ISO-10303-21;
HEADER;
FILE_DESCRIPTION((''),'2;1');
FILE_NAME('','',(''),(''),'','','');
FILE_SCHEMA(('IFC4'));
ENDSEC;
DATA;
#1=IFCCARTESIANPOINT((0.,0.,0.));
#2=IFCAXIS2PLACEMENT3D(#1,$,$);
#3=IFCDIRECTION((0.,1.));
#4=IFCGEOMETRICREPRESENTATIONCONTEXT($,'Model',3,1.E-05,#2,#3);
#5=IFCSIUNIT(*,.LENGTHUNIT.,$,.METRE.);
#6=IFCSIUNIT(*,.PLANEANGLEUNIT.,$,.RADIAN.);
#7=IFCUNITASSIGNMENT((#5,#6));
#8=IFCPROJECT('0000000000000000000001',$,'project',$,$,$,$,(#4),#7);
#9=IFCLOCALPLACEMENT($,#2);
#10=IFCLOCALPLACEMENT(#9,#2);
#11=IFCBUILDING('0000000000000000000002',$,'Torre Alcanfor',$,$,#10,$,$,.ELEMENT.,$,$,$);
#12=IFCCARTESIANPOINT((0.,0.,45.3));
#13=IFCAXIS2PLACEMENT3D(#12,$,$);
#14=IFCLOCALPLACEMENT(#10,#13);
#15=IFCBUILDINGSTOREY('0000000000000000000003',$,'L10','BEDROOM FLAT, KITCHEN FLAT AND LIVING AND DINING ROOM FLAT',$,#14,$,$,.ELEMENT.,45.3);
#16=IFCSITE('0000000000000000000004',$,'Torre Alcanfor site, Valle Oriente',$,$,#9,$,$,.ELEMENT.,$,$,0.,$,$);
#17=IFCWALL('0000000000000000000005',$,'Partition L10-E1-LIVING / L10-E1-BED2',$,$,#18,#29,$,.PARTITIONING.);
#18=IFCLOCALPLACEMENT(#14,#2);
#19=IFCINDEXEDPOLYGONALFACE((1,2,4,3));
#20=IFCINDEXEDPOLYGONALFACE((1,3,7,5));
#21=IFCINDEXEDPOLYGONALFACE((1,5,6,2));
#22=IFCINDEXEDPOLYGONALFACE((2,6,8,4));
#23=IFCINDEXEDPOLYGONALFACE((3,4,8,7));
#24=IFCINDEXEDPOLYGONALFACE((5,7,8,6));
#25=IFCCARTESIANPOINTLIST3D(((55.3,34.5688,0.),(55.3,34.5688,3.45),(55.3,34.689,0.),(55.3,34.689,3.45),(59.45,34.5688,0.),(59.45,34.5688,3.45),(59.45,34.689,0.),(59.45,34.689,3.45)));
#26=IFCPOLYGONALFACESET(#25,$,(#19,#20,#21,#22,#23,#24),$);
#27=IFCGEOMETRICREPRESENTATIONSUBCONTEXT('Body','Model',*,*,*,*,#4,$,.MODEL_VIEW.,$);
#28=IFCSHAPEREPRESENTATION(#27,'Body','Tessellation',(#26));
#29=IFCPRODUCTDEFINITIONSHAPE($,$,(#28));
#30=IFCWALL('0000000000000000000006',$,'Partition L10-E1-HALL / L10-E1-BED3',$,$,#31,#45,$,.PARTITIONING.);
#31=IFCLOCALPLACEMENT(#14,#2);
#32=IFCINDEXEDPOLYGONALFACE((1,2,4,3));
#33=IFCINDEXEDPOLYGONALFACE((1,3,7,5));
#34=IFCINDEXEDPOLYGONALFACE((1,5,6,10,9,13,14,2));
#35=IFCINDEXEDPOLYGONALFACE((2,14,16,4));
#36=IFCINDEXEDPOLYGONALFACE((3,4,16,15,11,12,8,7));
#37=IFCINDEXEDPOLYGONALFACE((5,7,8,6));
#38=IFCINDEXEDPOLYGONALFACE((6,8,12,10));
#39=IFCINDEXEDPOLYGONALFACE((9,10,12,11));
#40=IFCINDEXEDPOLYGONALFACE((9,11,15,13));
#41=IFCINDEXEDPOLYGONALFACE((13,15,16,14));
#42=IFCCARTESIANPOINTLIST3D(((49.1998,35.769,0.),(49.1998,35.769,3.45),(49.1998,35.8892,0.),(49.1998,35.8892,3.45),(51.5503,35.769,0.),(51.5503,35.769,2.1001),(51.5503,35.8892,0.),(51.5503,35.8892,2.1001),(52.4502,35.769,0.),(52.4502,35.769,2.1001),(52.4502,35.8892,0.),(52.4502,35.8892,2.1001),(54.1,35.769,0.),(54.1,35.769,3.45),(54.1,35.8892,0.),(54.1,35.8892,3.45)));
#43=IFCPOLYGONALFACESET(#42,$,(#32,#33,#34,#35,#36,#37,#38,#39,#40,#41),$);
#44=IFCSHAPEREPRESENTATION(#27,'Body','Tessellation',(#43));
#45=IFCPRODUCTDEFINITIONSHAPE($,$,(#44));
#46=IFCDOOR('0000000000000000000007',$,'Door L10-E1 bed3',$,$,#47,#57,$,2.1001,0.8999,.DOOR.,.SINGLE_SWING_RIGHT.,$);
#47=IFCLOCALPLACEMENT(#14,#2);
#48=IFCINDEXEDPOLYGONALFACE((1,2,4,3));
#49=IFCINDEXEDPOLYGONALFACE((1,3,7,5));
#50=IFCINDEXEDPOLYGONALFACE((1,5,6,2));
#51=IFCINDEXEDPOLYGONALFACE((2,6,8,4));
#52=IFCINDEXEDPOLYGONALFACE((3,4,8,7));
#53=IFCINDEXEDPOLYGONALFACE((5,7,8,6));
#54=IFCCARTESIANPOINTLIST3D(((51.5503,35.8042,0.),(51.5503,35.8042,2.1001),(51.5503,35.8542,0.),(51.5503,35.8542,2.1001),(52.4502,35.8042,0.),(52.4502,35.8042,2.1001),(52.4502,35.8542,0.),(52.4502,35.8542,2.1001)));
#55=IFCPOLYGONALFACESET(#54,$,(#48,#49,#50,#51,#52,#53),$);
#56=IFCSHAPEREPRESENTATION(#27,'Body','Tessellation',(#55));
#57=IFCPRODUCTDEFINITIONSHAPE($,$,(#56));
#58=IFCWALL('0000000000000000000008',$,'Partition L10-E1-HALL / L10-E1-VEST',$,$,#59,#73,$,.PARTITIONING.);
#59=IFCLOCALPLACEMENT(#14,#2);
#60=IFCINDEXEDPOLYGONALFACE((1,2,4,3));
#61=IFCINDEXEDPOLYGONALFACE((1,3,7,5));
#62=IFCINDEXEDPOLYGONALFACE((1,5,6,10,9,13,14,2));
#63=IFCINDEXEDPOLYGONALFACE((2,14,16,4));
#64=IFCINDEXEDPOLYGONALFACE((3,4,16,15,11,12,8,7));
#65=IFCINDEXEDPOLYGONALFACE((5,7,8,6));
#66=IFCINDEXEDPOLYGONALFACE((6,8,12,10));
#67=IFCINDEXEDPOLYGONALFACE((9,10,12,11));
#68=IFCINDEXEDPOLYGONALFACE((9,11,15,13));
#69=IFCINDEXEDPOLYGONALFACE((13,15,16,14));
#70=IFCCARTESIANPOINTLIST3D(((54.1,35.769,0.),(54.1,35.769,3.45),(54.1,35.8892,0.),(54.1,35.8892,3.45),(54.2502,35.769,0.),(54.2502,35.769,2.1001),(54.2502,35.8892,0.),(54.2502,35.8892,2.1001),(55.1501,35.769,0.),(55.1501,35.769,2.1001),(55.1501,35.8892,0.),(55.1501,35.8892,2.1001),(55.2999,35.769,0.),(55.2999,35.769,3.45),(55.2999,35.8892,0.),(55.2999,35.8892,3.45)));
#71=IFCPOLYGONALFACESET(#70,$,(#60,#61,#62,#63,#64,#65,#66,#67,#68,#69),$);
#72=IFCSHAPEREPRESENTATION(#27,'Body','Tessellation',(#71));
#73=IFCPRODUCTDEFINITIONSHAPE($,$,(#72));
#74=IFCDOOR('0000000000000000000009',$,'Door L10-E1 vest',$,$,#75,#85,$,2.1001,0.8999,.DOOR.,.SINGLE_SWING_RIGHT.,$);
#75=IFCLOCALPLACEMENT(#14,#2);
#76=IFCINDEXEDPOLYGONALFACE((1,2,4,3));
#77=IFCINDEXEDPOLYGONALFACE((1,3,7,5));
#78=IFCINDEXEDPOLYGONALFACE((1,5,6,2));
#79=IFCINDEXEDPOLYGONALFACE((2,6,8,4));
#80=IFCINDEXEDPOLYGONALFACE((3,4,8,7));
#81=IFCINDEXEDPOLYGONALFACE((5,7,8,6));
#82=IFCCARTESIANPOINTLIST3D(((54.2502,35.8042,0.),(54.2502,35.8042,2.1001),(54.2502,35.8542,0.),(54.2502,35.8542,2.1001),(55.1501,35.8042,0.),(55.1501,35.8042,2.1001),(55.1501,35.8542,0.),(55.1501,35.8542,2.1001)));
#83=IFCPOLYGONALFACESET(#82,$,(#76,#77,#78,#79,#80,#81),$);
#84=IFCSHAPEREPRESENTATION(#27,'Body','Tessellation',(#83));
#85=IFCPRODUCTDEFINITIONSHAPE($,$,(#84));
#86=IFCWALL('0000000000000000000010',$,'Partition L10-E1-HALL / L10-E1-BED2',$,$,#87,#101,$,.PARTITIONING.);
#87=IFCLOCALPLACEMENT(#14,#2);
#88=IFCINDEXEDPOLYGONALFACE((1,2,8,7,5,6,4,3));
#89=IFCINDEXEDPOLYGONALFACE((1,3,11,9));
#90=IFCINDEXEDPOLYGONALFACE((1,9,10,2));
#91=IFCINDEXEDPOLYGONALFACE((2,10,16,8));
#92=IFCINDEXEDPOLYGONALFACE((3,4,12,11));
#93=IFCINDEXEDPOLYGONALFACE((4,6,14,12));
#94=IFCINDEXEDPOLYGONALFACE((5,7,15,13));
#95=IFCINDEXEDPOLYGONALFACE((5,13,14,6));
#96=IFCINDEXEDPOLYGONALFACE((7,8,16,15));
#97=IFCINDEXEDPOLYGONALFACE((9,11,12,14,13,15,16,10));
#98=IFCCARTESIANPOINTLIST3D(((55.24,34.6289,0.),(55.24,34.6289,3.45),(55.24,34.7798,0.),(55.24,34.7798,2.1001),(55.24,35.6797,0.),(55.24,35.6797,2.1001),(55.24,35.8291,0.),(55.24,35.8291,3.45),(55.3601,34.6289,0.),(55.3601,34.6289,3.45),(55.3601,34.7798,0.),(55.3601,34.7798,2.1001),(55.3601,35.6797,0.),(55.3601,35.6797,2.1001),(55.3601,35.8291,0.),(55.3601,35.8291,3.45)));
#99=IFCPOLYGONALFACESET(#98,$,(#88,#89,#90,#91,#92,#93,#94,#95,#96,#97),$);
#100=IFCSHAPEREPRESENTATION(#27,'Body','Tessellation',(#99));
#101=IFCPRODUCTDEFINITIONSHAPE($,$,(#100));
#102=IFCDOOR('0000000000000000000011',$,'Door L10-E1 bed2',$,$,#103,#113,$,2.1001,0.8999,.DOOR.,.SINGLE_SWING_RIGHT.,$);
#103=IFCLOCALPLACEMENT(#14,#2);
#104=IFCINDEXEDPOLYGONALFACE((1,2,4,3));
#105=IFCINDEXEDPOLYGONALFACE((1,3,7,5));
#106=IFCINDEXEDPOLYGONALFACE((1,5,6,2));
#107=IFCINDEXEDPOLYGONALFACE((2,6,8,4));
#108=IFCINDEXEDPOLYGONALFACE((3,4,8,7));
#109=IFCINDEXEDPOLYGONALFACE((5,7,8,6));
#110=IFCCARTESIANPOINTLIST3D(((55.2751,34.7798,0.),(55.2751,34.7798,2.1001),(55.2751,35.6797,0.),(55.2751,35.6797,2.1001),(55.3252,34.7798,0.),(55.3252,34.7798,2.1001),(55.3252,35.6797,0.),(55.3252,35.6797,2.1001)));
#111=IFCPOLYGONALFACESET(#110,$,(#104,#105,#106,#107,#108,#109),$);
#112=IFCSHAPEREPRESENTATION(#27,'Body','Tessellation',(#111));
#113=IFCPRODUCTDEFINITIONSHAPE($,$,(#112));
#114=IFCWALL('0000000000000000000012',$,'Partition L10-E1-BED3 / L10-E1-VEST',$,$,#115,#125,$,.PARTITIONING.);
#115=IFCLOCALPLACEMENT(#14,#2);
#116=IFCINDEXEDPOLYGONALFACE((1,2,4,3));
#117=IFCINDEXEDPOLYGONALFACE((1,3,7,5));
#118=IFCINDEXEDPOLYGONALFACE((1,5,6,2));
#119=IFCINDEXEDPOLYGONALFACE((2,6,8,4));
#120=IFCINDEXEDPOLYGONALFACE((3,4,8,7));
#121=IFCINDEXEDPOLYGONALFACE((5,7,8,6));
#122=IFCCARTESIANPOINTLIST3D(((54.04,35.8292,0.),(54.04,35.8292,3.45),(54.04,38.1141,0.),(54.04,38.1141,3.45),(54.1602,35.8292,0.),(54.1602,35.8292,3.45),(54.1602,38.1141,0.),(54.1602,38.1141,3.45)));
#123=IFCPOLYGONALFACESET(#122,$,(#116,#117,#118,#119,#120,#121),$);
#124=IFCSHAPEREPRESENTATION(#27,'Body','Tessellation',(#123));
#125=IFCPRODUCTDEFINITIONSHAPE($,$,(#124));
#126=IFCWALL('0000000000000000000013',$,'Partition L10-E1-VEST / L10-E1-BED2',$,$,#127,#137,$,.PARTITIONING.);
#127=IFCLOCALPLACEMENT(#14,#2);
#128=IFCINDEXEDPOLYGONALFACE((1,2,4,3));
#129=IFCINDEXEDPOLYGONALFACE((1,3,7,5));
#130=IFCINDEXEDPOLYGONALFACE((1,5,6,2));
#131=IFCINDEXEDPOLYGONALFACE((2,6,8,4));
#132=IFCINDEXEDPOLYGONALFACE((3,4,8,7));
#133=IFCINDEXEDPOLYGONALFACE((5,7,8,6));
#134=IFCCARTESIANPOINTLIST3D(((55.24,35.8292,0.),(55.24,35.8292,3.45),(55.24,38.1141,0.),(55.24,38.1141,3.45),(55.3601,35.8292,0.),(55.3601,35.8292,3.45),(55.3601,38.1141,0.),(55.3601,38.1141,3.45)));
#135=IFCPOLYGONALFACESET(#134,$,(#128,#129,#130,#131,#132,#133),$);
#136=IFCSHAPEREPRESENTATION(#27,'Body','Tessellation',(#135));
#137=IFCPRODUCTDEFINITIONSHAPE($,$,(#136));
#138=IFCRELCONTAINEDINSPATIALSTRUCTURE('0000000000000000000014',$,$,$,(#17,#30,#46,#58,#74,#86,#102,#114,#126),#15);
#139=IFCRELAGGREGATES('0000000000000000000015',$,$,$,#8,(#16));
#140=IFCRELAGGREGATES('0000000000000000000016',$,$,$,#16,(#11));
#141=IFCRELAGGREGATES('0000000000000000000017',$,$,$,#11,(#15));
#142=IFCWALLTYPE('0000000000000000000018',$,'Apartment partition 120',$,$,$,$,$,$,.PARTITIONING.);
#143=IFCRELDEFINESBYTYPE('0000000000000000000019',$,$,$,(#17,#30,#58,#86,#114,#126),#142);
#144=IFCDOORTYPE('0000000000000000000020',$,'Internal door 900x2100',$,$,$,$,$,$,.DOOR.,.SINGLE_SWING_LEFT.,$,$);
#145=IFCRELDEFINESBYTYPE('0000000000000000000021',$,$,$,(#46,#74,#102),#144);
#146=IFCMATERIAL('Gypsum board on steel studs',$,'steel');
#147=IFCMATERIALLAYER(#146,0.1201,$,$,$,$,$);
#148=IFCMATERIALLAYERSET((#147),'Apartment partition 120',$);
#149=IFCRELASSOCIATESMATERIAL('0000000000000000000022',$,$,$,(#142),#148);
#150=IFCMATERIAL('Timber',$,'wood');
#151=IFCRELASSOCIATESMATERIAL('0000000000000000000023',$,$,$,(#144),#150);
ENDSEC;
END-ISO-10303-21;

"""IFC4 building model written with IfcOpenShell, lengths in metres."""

from ifc_helpers import new_model, si_unit, direction, frame, frame_2d, origin, place, context, subcontext, project, spatial, rectangle, extrude, material, layer, layer_set, type_object, element, fill, save


model = new_model("IFC4")

# Units and contexts
model_context = context("Model", 3, precision=1e-05, world=origin(), true_north=direction((0.0, 1.0)))
body_context = subcontext(model_context, "Body", "Model", "MODEL_VIEW")
ifc_project = project(units=[si_unit("LENGTHUNIT", "METRE"), si_unit("PLANEANGLEUNIT", "RADIAN")], contexts=[model_context])

# Site, building, storey
site_placement = place(None, origin())
site = spatial("IfcSite", under=ifc_project, at=site_placement, Name="Torre Alcanfor site, Valle Oriente", CompositionType="ELEMENT", RefElevation=0.0)
building_placement = place(site_placement, origin())
building = spatial("IfcBuilding", under=site, at=building_placement, Name="Torre Alcanfor", CompositionType="ELEMENT")
storey_placement = place(building_placement, frame((0.0, 0.0, 45.3)))
storey = spatial("IfcBuildingStorey", under=building, at=storey_placement, Name="L10", Description="BEDROOM FLAT, KITCHEN FLAT AND LIVING AND DINING ROOM FLAT", CompositionType="ELEMENT", Elevation=45.3)

# Shared definitions
ifc_material_1 = material(Name="Gypsum board on steel studs", Category="steel")
ifc_layer_1 = layer(ifc_material_1, 0.1201)
ifc_layer_set_1 = layer_set([ifc_layer_1], Name="Apartment partition 120")
wall_type = type_object("IfcWallType", Name="Apartment partition 120", PredefinedType="PARTITIONING", material=ifc_layer_set_1)
ifc_material_2 = material(Name="Timber", Category="wood")
door_type = type_object("IfcDoorType", Name="Internal door 900x2100", OperationType="SINGLE_SWING_LEFT", PredefinedType="DOOR", material=ifc_material_2)

# Wall
wall_1_placement = place(storey_placement, frame((59.45, 34.6289, 0.0), z_axis=(0.0, 0.0, 1.0), x_axis=(-1.0, 0.0, 0.0)))
element("IfcWall", 1, at=wall_1_placement, inside=storey, type_object=wall_type, Name="Partition L10-E1-LIVING / L10-E1-BED2", PredefinedType="PARTITIONING", context=body_context, shape_type="SweptSolid", body=[
    extrude(rectangle(XDim=4.1499, YDim=0.1201, at=frame_2d((2.075, 0.0))), origin(), (0.0, 0.0, 1.0), 3.45),
])

# Walls, openings, doors
wall_2_placement = place(storey_placement, frame((54.1001, 35.8291, 0.0), z_axis=(0.0, 0.0, 1.0), x_axis=(-1.0, 0.0, 0.0)))
wall_2 = element("IfcWall", 2, at=wall_2_placement, inside=storey, type_object=wall_type, Name="Partition L10-E1-HALL / L10-E1-BED3", PredefinedType="PARTITIONING", context=body_context, shape_type="SweptSolid", body=[
    extrude(rectangle(XDim=4.9001, YDim=0.1201, at=frame_2d((2.4502, 0.0))), origin(), (0.0, 0.0, 1.0), 3.45),
])
opening_1_placement = place(wall_2_placement, frame((1.6499, 0.0, 0.0)))
opening_1 = element("IfcOpeningElement", 3, at=opening_1_placement, cuts=wall_2, PredefinedType="OPENING", context=body_context, shape_type="SweptSolid", body=[
    extrude(rectangle(XDim=0.8999, YDim=2.1001, at=frame_2d((0.45, 1.05))), frame((0.0, 0.0701, 0.0), z_axis=(0.0, -1.0, 0.0), x_axis=(1.0, 0.0, 0.0)), (0.0, 0.0, 1.0), 0.1401),
])
door_1_placement = place(opening_1_placement, frame((0.8999, 0.0, 0.0), z_axis=(0.0, 0.0, 1.0), x_axis=(-1.0, 0.0, 0.0)))
door_1 = element("IfcDoor", 4, at=door_1_placement, inside=storey, type_object=door_type, Name="Door L10-E1 bed3", OperationType="SINGLE_SWING_RIGHT", OverallHeight=2.1001, OverallWidth=0.8999, PredefinedType="DOOR", context=body_context, shape_type="SweptSolid", body=[
    extrude(rectangle(XDim=0.8999, YDim=2.1001, at=frame_2d((0.45, 1.05))), frame((0.0, 0.0251, 0.0), z_axis=(0.0, -1.0, 0.0), x_axis=(1.0, 0.0, 0.0)), (0.0, 0.0, 1.0), 0.05),
])
fill(opening_1, door_1)
wall_3_placement = place(storey_placement, frame((55.3, 35.8291, 0.0), z_axis=(0.0, 0.0, 1.0), x_axis=(-1.0, 0.0, 0.0)))
wall_3 = element("IfcWall", 5, at=wall_3_placement, inside=storey, type_object=wall_type, Name="Partition L10-E1-HALL / L10-E1-VEST", PredefinedType="PARTITIONING", context=body_context, shape_type="SweptSolid", body=[
    extrude(rectangle(XDim=1.2, YDim=0.1201, at=frame_2d((0.6001, 0.0))), origin(), (0.0, 0.0, 1.0), 3.45),
])
opening_2_placement = place(wall_3_placement, frame((0.1499, 0.0, 0.0)))
opening_2 = element("IfcOpeningElement", 6, at=opening_2_placement, cuts=wall_3, PredefinedType="OPENING", context=body_context, shape_type="SweptSolid", body=[
    extrude(rectangle(XDim=0.8999, YDim=2.1001, at=frame_2d((0.45, 1.05))), frame((0.0, 0.0701, 0.0), z_axis=(0.0, -1.0, 0.0), x_axis=(1.0, 0.0, 0.0)), (0.0, 0.0, 1.0), 0.1401),
])
door_2_placement = place(opening_2_placement, frame((0.8999, 0.0, 0.0), z_axis=(0.0, 0.0, 1.0), x_axis=(-1.0, 0.0, 0.0)))
door_2 = element("IfcDoor", 7, at=door_2_placement, inside=storey, type_object=door_type, Name="Door L10-E1 vest", OperationType="SINGLE_SWING_RIGHT", OverallHeight=2.1001, OverallWidth=0.8999, PredefinedType="DOOR", context=body_context, shape_type="SweptSolid", body=[
    extrude(rectangle(XDim=0.8999, YDim=2.1001, at=frame_2d((0.45, 1.05))), frame((0.0, 0.0251, 0.0), z_axis=(0.0, -1.0, 0.0), x_axis=(1.0, 0.0, 0.0)), (0.0, 0.0, 1.0), 0.05),
])
fill(opening_2, door_2)
wall_4_placement = place(storey_placement, frame((55.3, 34.6289, 0.0), z_axis=(0.0, 0.0, 1.0), x_axis=(0.0, 1.0, 0.0)))
wall_4 = element("IfcWall", 8, at=wall_4_placement, inside=storey, type_object=wall_type, Name="Partition L10-E1-HALL / L10-E1-BED2", PredefinedType="PARTITIONING", context=body_context, shape_type="SweptSolid", body=[
    extrude(rectangle(XDim=1.2002, YDim=0.1201, at=frame_2d((0.6001, 0.0))), origin(), (0.0, 0.0, 1.0), 3.45),
])
opening_3_placement = place(wall_4_placement, frame((0.1509, 0.0, 0.0)))
opening_3 = element("IfcOpeningElement", 9, at=opening_3_placement, cuts=wall_4, PredefinedType="OPENING", context=body_context, shape_type="SweptSolid", body=[
    extrude(rectangle(XDim=0.8999, YDim=2.1001, at=frame_2d((0.45, 1.05))), frame((0.0, 0.0701, 0.0), z_axis=(0.0, -1.0, 0.0), x_axis=(1.0, 0.0, 0.0)), (0.0, 0.0, 1.0), 0.1401),
])
door_3_placement = place(opening_3_placement, frame((0.8999, 0.0, 0.0), z_axis=(0.0, 0.0, 1.0), x_axis=(-1.0, 0.0, 0.0)))
door_3 = element("IfcDoor", 10, at=door_3_placement, inside=storey, type_object=door_type, Name="Door L10-E1 bed2", OperationType="SINGLE_SWING_RIGHT", OverallHeight=2.1001, OverallWidth=0.8999, PredefinedType="DOOR", context=body_context, shape_type="SweptSolid", body=[
    extrude(rectangle(XDim=0.8999, YDim=2.1001, at=frame_2d((0.45, 1.05))), frame((0.0, 0.0251, 0.0), z_axis=(0.0, -1.0, 0.0), x_axis=(1.0, 0.0, 0.0)), (0.0, 0.0, 1.0), 0.05),
])
fill(opening_3, door_3)

# Walls
for number, where, z_axis, x_axis, name in (
    (11, (54.1001, 35.8291, 0.0), (0.0, 0.0, 1.0), (0.0, 1.0, 0.0), "Partition L10-E1-BED3 / L10-E1-VEST"),
    (12, (55.3, 35.8291, 0.0), (0.0, 0.0, 1.0), (0.0, 1.0, 0.0), "Partition L10-E1-VEST / L10-E1-BED2"),
):
    element("IfcWall", number, at=place(storey_placement, frame(where, z_axis=z_axis, x_axis=x_axis)), inside=storey, type_object=wall_type, Name=name, PredefinedType="PARTITIONING", context=body_context, shape_type="SweptSolid", body=[
        extrude(rectangle(XDim=2.2849, YDim=0.1201, at=frame_2d((1.1426, 0.0))), origin(), (0.0, 0.0, 1.0), 3.45),
    ])

save(model, "model.ifc")
